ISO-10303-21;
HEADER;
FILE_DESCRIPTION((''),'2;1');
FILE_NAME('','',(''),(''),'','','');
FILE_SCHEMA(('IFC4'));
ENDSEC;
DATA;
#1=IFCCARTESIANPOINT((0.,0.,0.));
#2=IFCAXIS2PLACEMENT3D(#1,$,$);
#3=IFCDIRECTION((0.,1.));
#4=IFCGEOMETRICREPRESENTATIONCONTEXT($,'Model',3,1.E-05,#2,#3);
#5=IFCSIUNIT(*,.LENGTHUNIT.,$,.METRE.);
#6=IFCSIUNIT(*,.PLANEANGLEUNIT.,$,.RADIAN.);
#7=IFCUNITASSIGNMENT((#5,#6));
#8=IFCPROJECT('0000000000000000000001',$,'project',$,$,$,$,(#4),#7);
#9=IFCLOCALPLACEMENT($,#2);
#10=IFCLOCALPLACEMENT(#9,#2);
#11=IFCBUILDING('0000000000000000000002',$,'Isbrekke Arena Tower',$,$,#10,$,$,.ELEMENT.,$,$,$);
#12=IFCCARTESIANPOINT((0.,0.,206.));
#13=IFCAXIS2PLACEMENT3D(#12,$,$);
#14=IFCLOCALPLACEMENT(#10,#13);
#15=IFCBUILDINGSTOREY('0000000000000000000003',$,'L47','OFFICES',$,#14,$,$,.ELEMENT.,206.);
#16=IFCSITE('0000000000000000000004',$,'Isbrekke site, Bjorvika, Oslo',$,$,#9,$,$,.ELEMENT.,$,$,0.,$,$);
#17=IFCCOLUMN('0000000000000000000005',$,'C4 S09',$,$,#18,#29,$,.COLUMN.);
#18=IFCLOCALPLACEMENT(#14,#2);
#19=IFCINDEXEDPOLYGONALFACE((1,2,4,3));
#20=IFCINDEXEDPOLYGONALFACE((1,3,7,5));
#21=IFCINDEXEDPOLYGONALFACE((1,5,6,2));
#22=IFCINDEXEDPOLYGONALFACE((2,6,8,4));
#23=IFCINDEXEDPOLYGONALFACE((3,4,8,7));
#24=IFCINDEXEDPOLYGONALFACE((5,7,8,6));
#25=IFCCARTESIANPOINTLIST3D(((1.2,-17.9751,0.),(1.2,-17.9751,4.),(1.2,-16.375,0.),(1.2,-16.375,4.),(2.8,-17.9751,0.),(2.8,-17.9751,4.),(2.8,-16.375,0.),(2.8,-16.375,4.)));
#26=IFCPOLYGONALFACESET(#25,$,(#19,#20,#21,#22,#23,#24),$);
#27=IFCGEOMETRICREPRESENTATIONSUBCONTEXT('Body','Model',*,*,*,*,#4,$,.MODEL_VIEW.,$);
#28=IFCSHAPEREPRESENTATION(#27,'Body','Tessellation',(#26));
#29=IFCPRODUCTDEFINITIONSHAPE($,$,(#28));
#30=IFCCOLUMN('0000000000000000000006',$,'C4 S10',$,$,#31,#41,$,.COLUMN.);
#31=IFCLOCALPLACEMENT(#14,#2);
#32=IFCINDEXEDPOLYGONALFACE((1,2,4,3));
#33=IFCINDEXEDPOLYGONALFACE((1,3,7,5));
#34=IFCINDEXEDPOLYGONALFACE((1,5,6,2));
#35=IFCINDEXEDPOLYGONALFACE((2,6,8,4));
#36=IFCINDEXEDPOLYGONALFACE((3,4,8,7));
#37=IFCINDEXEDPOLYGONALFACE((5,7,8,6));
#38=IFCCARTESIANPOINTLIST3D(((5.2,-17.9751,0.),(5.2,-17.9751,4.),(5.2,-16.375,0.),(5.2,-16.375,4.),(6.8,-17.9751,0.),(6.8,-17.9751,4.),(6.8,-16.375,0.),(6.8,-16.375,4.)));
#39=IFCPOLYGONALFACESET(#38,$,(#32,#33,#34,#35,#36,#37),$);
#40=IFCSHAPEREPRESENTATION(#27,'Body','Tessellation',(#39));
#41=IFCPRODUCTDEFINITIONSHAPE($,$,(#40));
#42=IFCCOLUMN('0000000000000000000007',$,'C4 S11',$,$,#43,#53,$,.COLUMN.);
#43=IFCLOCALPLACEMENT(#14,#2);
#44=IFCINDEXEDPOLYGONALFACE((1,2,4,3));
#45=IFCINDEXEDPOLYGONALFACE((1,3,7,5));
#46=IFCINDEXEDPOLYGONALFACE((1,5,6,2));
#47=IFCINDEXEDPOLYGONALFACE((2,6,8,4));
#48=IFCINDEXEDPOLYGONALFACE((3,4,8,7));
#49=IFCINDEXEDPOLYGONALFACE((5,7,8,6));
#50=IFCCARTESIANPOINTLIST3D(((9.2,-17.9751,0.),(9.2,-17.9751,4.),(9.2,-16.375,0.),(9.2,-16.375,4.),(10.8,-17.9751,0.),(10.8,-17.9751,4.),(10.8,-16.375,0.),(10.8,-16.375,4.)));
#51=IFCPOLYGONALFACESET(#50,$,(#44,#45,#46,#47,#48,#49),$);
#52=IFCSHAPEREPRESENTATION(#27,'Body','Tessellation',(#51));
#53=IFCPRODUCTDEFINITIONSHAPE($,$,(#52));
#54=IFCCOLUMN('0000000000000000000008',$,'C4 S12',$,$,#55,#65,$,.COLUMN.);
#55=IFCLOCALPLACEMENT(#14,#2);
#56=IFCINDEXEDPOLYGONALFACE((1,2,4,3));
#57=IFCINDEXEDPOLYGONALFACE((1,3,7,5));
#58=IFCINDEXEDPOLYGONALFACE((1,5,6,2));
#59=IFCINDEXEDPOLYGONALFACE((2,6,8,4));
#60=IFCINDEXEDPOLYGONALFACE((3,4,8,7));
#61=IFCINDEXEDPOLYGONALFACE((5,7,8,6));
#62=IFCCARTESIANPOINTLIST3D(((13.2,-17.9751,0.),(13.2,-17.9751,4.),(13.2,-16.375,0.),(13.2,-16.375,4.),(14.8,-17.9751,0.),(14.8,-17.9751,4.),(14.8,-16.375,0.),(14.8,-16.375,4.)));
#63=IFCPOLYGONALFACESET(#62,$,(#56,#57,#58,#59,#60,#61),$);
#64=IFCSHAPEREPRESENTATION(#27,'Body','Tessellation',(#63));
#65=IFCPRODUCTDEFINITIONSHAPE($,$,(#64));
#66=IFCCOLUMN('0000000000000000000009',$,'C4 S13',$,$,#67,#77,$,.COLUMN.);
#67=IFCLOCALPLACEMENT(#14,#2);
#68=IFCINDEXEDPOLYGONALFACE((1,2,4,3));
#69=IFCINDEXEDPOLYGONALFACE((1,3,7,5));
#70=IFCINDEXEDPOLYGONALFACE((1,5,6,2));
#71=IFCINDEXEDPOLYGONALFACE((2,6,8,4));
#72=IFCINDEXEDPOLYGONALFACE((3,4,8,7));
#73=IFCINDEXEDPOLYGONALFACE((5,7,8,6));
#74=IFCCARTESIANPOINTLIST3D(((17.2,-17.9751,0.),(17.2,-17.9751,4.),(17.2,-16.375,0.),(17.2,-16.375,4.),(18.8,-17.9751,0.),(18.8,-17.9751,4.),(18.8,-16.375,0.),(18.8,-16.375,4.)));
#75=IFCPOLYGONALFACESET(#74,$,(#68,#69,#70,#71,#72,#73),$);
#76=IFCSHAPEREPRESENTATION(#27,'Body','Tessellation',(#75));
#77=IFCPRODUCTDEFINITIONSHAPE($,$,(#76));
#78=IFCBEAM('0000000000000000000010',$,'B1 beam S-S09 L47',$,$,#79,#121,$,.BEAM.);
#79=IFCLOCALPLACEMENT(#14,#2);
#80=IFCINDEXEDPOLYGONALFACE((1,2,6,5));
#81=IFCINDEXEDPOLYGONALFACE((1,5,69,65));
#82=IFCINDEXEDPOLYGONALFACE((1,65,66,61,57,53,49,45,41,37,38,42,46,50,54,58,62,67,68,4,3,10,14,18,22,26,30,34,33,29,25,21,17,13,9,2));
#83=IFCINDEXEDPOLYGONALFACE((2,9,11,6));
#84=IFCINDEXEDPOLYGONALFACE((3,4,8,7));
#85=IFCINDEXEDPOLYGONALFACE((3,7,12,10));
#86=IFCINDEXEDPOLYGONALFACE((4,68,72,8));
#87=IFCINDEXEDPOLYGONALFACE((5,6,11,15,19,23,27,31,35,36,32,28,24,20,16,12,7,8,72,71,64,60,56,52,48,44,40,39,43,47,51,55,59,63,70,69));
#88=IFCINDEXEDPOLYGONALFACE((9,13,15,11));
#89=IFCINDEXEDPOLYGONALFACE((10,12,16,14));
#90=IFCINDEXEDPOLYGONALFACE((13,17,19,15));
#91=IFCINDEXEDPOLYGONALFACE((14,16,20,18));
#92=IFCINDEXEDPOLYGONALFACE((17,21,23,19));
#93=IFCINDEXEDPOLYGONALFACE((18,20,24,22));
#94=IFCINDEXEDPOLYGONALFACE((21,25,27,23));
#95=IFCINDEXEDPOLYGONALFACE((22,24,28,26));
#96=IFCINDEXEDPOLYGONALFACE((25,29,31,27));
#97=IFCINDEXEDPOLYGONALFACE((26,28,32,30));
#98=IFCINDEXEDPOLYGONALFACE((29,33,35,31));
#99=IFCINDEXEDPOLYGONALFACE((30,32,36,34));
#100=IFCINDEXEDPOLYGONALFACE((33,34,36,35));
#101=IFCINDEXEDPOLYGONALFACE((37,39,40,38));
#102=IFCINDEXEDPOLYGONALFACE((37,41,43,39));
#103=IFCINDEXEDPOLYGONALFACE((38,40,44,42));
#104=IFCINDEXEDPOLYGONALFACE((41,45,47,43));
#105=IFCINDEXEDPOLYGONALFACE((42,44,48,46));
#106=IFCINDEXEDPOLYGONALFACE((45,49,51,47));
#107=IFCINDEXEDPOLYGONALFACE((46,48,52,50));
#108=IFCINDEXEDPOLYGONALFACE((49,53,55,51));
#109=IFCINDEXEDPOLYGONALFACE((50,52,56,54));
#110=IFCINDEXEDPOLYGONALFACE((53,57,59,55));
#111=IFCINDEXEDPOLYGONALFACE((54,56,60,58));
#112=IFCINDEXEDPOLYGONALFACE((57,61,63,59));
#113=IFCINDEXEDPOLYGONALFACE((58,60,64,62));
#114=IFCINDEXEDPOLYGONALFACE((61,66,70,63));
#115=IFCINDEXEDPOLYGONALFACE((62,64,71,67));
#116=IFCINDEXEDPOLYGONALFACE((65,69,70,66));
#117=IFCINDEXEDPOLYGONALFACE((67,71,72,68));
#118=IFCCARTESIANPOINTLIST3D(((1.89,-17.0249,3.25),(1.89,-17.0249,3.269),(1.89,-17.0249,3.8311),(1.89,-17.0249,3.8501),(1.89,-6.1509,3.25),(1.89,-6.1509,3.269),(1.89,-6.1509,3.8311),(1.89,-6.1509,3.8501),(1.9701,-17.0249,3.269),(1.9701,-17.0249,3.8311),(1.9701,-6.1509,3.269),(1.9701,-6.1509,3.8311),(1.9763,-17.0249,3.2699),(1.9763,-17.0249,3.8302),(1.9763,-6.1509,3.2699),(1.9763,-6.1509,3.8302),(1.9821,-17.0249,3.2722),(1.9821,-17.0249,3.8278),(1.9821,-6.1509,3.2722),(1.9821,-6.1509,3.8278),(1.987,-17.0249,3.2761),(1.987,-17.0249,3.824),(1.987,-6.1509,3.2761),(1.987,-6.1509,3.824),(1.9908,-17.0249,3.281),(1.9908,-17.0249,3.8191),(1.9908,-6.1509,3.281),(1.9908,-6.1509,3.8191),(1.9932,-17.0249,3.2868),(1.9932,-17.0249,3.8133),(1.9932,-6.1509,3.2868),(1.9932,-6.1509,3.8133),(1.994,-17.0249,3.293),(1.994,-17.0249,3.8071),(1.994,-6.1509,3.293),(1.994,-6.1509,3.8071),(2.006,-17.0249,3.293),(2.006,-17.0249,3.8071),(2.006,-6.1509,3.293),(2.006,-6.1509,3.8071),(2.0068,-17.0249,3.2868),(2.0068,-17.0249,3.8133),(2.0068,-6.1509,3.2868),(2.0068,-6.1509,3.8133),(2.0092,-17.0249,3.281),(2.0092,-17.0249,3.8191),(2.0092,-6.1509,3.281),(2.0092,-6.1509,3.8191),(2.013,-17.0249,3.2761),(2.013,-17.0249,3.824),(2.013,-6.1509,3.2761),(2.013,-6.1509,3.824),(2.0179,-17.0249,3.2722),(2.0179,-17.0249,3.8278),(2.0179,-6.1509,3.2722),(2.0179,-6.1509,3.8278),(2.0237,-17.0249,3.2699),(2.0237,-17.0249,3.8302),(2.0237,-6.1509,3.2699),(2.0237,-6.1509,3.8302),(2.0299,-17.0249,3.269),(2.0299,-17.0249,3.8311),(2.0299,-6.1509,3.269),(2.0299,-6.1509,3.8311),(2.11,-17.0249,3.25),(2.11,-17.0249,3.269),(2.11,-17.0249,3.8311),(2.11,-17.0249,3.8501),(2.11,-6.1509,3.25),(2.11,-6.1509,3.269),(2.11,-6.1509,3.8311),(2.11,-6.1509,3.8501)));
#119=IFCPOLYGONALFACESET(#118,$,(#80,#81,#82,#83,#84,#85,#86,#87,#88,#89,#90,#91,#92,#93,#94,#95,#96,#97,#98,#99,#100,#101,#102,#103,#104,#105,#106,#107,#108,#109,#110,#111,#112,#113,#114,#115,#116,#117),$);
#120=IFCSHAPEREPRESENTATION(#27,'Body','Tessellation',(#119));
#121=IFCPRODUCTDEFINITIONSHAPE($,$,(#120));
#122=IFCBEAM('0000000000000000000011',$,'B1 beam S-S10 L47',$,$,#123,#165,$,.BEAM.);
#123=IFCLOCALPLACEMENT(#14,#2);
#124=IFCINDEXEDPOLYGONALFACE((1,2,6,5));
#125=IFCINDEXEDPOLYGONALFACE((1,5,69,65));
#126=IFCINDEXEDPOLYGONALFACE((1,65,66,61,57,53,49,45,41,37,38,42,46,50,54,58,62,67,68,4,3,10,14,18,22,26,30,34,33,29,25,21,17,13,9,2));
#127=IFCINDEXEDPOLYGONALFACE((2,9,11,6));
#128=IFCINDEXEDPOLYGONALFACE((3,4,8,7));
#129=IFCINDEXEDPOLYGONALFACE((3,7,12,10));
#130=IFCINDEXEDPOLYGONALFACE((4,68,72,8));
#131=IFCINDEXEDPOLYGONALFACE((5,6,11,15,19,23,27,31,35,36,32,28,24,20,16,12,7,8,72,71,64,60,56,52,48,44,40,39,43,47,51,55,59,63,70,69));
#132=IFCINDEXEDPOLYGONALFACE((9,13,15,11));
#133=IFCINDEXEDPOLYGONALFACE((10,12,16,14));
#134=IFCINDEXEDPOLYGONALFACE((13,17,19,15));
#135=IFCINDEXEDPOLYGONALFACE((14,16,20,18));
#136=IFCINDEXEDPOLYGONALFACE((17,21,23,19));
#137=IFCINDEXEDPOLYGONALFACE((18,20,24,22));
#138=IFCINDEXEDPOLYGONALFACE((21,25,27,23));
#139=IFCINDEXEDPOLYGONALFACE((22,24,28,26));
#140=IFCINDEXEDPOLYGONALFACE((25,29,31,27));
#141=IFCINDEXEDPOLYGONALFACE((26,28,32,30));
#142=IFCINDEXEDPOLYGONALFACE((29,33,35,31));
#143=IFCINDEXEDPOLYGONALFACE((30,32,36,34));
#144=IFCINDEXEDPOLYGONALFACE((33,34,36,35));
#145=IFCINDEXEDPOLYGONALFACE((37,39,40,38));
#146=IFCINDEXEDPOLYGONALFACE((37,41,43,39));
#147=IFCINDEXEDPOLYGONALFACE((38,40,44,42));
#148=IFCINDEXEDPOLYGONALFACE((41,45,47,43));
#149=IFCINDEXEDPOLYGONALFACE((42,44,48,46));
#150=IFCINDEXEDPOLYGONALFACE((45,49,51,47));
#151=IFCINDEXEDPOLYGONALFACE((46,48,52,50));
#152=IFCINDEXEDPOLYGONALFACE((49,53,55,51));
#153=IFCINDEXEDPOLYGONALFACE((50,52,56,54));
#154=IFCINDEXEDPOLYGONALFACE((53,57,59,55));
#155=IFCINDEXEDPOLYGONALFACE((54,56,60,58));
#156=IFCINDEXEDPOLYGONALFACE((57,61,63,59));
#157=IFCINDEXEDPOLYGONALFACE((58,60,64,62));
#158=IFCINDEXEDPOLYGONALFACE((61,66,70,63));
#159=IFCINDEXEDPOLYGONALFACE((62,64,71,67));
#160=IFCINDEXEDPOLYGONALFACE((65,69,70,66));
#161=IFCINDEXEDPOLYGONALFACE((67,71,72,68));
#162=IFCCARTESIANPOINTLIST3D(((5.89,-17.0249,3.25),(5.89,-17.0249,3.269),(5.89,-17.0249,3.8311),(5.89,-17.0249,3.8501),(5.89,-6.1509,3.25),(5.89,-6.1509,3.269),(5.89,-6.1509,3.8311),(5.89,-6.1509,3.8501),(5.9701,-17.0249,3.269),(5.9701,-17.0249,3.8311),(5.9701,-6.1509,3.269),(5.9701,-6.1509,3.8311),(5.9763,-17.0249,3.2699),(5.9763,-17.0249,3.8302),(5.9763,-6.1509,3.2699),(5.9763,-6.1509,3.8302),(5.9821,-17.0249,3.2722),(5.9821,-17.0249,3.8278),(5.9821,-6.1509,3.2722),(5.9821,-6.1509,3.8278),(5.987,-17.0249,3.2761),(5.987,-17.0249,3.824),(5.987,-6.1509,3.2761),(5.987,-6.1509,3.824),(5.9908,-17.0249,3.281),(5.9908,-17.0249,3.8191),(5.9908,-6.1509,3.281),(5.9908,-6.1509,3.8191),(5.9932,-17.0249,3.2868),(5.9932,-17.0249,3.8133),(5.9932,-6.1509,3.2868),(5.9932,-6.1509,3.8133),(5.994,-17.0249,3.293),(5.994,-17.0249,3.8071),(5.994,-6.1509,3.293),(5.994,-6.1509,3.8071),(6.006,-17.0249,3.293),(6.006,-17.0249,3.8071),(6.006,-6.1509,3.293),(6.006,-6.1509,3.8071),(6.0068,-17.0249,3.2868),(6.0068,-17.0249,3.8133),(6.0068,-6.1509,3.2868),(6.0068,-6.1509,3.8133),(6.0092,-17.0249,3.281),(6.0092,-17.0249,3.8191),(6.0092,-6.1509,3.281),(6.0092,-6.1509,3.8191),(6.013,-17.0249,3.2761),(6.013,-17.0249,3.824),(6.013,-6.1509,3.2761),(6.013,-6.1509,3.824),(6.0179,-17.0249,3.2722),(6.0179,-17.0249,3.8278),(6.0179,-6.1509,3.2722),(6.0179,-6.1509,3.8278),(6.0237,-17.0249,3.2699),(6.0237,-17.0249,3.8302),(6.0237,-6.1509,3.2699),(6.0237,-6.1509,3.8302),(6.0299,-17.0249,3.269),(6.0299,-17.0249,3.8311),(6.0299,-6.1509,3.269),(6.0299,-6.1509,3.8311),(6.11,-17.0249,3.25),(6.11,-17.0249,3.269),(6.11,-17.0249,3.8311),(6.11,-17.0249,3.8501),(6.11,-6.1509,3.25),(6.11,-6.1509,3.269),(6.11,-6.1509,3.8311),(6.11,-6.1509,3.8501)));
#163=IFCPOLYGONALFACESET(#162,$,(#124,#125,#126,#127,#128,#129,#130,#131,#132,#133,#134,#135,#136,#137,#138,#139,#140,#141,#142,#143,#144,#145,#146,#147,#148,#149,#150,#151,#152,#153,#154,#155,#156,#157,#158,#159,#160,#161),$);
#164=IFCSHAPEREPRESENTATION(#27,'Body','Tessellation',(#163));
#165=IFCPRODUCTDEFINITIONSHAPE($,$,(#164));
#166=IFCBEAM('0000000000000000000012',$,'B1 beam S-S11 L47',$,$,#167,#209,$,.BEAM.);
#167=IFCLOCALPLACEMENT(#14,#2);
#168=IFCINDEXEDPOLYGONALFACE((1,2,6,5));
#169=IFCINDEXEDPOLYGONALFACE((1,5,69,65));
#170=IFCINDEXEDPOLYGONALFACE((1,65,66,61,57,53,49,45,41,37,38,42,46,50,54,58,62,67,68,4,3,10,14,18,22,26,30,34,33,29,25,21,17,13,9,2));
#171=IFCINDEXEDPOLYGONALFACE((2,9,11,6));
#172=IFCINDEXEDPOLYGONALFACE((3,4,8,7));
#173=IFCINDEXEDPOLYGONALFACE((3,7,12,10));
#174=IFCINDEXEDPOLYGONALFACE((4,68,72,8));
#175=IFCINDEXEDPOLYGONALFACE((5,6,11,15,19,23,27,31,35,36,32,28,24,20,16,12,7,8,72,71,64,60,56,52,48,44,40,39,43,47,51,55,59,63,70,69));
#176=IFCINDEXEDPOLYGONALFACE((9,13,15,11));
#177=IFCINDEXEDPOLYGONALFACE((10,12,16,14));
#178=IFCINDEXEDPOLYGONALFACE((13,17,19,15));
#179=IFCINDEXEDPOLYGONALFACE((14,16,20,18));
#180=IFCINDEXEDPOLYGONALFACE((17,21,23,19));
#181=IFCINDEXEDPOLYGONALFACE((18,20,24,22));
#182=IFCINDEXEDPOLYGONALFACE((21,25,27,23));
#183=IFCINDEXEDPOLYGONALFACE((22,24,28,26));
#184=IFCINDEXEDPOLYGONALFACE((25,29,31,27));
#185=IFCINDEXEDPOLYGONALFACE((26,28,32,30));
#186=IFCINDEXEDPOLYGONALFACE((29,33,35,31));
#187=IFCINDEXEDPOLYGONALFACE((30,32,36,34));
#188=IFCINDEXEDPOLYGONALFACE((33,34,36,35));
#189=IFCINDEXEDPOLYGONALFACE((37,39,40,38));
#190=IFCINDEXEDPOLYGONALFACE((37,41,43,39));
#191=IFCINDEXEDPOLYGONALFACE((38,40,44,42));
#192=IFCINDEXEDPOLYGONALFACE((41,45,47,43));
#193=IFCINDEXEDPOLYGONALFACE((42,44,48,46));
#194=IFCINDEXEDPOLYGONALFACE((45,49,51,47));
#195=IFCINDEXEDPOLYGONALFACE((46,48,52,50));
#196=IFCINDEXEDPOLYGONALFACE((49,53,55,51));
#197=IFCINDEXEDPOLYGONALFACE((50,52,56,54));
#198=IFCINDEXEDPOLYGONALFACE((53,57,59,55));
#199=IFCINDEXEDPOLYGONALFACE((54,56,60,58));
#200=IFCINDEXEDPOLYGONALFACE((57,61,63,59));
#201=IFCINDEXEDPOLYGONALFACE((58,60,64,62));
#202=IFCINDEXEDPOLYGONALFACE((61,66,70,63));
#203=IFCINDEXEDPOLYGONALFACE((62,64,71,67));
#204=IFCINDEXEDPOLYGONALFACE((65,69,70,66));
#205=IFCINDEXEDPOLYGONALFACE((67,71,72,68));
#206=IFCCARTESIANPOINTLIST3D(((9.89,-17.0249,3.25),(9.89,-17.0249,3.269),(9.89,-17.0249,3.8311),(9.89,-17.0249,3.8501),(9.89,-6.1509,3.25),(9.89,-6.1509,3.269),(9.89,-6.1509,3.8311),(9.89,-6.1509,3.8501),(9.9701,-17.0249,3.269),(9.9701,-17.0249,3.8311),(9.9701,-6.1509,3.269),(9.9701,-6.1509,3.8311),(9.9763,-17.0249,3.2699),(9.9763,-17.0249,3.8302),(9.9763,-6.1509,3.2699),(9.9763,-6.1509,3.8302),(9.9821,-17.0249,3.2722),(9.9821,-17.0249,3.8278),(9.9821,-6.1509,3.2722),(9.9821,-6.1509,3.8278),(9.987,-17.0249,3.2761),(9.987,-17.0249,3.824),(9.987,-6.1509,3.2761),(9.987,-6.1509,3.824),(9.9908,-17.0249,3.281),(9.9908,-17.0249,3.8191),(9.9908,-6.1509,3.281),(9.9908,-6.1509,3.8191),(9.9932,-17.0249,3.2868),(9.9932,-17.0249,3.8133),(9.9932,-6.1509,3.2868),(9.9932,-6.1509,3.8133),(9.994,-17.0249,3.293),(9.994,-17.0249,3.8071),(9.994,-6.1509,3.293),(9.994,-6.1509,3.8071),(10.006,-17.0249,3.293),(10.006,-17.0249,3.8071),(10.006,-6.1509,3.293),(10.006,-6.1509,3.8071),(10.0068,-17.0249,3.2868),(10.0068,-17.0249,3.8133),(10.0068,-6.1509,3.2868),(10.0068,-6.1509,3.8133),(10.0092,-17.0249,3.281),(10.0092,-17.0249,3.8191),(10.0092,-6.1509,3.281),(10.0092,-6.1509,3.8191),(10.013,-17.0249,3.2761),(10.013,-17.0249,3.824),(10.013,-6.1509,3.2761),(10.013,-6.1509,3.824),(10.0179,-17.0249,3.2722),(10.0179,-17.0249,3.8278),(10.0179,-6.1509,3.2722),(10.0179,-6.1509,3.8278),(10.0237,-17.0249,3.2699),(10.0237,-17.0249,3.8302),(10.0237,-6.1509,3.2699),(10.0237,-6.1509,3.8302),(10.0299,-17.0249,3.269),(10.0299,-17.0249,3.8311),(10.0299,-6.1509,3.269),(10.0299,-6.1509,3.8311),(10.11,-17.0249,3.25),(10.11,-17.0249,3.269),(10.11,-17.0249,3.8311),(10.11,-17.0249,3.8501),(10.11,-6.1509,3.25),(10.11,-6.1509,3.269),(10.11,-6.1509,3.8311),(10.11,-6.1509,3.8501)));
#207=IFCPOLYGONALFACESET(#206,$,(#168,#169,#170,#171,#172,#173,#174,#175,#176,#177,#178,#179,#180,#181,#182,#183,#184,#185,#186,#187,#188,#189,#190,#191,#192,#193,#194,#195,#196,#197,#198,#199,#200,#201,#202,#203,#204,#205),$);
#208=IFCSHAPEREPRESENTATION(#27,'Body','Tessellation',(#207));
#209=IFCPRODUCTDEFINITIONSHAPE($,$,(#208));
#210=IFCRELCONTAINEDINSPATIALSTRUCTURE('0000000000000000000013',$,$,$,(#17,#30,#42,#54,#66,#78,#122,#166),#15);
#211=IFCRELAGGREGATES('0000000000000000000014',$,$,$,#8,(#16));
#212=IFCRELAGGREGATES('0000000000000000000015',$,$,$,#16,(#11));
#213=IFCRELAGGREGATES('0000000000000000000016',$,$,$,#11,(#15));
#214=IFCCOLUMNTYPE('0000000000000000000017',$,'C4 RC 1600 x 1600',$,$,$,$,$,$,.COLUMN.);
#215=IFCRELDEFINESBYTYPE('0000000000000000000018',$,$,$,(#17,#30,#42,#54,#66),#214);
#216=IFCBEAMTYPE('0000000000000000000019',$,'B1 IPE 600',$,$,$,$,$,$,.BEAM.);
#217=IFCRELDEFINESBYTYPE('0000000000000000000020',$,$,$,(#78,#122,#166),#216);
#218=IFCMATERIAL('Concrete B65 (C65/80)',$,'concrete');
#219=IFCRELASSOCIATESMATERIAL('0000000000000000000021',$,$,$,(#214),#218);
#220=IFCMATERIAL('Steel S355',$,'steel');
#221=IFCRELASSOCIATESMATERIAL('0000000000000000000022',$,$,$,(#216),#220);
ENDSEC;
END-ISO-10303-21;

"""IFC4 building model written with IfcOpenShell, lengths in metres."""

from ifc_helpers import new_model, si_unit, direction, frame, origin, origin_2d, place, context, subcontext, project, spatial, rectangle, i_section, extrude, material, material_profile, profile_set, type_object, element, save


model = new_model("IFC4")

# Units and contexts
model_context = context("Model", 3, precision=1e-05, world=origin(), true_north=direction((0.0, 1.0)))
body_context = subcontext(model_context, "Body", "Model", "MODEL_VIEW")
ifc_project = project(units=[si_unit("LENGTHUNIT", "METRE"), si_unit("PLANEANGLEUNIT", "RADIAN")], contexts=[model_context])

# Site, building, storey
site_placement = place(None, origin())
site = spatial("IfcSite", under=ifc_project, at=site_placement, Name="Isbrekke site, Bjorvika, Oslo", CompositionType="ELEMENT", RefElevation=0.0)
building_placement = place(site_placement, origin())
building = spatial("IfcBuilding", under=site, at=building_placement, Name="Isbrekke Arena Tower", CompositionType="ELEMENT")
storey_placement = place(building_placement, frame((0.0, 0.0, 206.0)))
storey = spatial("IfcBuildingStorey", under=building, at=storey_placement, Name="L47", Description="OFFICES", CompositionType="ELEMENT", Elevation=206.0)

# Columns
ifc_material_1 = material(Name="Concrete B65 (C65/80)", Category="concrete")
ifc_material_profile_1 = material_profile(ifc_material_1, rectangle(XDim=1.6001, YDim=1.6001, at=origin_2d()), Name="RC 1600x1600")
ifc_profile_set_1 = profile_set([ifc_material_profile_1], Name="Concrete B65 (C65/80)")
column_type = type_object("IfcColumnType", Name="C4 RC 1600 x 1600", PredefinedType="COLUMN", material=ifc_profile_set_1)
for number, where, z_axis, x_axis, name in (
    (1, (2.0, -17.175, 0.0), (0.0, 0.0, 1.0), (1.0, 0.0, 0.0), "C4 S09"),
    (2, (6.0, -17.175, 0.0), (0.0, 0.0, 1.0), (1.0, 0.0, 0.0), "C4 S10"),
    (3, (10.0, -17.175, 0.0), (0.0, 0.0, 1.0), (1.0, 0.0, 0.0), "C4 S11"),
    (4, (14.0, -17.175, 0.0), (0.0, 0.0, 1.0), (1.0, 0.0, 0.0), "C4 S12"),
    (5, (18.0, -17.175, 0.0), (0.0, 0.0, 1.0), (1.0, 0.0, 0.0), "C4 S13"),
):
    element("IfcColumn", number, at=place(storey_placement, frame(where, z_axis=z_axis, x_axis=x_axis)), inside=storey, type_object=column_type, Name=name, PredefinedType="COLUMN", context=body_context, shape_type="SweptSolid", body=[
        extrude(rectangle(XDim=1.6001, YDim=1.6001, at=origin_2d()), origin(), (0.0, 0.0, 1.0), 4.0),
    ])

# Beams
ifc_material_2 = material(Name="Steel S355", Category="steel")
ifc_material_profile_2 = material_profile(ifc_material_2, i_section(OverallWidth=0.22, OverallDepth=0.6001, WebThickness=0.012, FlangeThickness=0.019, FilletRadius=0.0239, at=origin_2d()), Name="IPE 600")
ifc_profile_set_2 = profile_set([ifc_material_profile_2], Name="Steel S355")
beam_type_1 = type_object("IfcBeamType", Name="B1 IPE 600", PredefinedType="BEAM", material=ifc_profile_set_2)
for number, where, z_axis, x_axis, name in (
    (6, (2.0, -17.0249, 3.55), (0.0, 1.0, 0.0), (-1.0, 0.0, 0.0), "B1 beam S-S09 L47"),
    (7, (6.0, -17.0249, 3.55), (0.0, 1.0, 0.0), (-1.0, 0.0, 0.0), "B1 beam S-S10 L47"),
    (8, (10.0, -17.0249, 3.55), (0.0, 1.0, 0.0), (-1.0, 0.0, 0.0), "B1 beam S-S11 L47"),
):
    element("IfcBeam", number, at=place(storey_placement, frame(where, z_axis=z_axis, x_axis=x_axis)), inside=storey, type_object=beam_type_1, Name=name, PredefinedType="BEAM", context=body_context, shape_type="SweptSolid", body=[
        extrude(i_section(OverallWidth=0.22, OverallDepth=0.6001, WebThickness=0.012, FlangeThickness=0.019, FilletRadius=0.0239, at=origin_2d()), origin(), (0.0, 0.0, 1.0), 10.874),
    ])

save(model, "model.ifc")
